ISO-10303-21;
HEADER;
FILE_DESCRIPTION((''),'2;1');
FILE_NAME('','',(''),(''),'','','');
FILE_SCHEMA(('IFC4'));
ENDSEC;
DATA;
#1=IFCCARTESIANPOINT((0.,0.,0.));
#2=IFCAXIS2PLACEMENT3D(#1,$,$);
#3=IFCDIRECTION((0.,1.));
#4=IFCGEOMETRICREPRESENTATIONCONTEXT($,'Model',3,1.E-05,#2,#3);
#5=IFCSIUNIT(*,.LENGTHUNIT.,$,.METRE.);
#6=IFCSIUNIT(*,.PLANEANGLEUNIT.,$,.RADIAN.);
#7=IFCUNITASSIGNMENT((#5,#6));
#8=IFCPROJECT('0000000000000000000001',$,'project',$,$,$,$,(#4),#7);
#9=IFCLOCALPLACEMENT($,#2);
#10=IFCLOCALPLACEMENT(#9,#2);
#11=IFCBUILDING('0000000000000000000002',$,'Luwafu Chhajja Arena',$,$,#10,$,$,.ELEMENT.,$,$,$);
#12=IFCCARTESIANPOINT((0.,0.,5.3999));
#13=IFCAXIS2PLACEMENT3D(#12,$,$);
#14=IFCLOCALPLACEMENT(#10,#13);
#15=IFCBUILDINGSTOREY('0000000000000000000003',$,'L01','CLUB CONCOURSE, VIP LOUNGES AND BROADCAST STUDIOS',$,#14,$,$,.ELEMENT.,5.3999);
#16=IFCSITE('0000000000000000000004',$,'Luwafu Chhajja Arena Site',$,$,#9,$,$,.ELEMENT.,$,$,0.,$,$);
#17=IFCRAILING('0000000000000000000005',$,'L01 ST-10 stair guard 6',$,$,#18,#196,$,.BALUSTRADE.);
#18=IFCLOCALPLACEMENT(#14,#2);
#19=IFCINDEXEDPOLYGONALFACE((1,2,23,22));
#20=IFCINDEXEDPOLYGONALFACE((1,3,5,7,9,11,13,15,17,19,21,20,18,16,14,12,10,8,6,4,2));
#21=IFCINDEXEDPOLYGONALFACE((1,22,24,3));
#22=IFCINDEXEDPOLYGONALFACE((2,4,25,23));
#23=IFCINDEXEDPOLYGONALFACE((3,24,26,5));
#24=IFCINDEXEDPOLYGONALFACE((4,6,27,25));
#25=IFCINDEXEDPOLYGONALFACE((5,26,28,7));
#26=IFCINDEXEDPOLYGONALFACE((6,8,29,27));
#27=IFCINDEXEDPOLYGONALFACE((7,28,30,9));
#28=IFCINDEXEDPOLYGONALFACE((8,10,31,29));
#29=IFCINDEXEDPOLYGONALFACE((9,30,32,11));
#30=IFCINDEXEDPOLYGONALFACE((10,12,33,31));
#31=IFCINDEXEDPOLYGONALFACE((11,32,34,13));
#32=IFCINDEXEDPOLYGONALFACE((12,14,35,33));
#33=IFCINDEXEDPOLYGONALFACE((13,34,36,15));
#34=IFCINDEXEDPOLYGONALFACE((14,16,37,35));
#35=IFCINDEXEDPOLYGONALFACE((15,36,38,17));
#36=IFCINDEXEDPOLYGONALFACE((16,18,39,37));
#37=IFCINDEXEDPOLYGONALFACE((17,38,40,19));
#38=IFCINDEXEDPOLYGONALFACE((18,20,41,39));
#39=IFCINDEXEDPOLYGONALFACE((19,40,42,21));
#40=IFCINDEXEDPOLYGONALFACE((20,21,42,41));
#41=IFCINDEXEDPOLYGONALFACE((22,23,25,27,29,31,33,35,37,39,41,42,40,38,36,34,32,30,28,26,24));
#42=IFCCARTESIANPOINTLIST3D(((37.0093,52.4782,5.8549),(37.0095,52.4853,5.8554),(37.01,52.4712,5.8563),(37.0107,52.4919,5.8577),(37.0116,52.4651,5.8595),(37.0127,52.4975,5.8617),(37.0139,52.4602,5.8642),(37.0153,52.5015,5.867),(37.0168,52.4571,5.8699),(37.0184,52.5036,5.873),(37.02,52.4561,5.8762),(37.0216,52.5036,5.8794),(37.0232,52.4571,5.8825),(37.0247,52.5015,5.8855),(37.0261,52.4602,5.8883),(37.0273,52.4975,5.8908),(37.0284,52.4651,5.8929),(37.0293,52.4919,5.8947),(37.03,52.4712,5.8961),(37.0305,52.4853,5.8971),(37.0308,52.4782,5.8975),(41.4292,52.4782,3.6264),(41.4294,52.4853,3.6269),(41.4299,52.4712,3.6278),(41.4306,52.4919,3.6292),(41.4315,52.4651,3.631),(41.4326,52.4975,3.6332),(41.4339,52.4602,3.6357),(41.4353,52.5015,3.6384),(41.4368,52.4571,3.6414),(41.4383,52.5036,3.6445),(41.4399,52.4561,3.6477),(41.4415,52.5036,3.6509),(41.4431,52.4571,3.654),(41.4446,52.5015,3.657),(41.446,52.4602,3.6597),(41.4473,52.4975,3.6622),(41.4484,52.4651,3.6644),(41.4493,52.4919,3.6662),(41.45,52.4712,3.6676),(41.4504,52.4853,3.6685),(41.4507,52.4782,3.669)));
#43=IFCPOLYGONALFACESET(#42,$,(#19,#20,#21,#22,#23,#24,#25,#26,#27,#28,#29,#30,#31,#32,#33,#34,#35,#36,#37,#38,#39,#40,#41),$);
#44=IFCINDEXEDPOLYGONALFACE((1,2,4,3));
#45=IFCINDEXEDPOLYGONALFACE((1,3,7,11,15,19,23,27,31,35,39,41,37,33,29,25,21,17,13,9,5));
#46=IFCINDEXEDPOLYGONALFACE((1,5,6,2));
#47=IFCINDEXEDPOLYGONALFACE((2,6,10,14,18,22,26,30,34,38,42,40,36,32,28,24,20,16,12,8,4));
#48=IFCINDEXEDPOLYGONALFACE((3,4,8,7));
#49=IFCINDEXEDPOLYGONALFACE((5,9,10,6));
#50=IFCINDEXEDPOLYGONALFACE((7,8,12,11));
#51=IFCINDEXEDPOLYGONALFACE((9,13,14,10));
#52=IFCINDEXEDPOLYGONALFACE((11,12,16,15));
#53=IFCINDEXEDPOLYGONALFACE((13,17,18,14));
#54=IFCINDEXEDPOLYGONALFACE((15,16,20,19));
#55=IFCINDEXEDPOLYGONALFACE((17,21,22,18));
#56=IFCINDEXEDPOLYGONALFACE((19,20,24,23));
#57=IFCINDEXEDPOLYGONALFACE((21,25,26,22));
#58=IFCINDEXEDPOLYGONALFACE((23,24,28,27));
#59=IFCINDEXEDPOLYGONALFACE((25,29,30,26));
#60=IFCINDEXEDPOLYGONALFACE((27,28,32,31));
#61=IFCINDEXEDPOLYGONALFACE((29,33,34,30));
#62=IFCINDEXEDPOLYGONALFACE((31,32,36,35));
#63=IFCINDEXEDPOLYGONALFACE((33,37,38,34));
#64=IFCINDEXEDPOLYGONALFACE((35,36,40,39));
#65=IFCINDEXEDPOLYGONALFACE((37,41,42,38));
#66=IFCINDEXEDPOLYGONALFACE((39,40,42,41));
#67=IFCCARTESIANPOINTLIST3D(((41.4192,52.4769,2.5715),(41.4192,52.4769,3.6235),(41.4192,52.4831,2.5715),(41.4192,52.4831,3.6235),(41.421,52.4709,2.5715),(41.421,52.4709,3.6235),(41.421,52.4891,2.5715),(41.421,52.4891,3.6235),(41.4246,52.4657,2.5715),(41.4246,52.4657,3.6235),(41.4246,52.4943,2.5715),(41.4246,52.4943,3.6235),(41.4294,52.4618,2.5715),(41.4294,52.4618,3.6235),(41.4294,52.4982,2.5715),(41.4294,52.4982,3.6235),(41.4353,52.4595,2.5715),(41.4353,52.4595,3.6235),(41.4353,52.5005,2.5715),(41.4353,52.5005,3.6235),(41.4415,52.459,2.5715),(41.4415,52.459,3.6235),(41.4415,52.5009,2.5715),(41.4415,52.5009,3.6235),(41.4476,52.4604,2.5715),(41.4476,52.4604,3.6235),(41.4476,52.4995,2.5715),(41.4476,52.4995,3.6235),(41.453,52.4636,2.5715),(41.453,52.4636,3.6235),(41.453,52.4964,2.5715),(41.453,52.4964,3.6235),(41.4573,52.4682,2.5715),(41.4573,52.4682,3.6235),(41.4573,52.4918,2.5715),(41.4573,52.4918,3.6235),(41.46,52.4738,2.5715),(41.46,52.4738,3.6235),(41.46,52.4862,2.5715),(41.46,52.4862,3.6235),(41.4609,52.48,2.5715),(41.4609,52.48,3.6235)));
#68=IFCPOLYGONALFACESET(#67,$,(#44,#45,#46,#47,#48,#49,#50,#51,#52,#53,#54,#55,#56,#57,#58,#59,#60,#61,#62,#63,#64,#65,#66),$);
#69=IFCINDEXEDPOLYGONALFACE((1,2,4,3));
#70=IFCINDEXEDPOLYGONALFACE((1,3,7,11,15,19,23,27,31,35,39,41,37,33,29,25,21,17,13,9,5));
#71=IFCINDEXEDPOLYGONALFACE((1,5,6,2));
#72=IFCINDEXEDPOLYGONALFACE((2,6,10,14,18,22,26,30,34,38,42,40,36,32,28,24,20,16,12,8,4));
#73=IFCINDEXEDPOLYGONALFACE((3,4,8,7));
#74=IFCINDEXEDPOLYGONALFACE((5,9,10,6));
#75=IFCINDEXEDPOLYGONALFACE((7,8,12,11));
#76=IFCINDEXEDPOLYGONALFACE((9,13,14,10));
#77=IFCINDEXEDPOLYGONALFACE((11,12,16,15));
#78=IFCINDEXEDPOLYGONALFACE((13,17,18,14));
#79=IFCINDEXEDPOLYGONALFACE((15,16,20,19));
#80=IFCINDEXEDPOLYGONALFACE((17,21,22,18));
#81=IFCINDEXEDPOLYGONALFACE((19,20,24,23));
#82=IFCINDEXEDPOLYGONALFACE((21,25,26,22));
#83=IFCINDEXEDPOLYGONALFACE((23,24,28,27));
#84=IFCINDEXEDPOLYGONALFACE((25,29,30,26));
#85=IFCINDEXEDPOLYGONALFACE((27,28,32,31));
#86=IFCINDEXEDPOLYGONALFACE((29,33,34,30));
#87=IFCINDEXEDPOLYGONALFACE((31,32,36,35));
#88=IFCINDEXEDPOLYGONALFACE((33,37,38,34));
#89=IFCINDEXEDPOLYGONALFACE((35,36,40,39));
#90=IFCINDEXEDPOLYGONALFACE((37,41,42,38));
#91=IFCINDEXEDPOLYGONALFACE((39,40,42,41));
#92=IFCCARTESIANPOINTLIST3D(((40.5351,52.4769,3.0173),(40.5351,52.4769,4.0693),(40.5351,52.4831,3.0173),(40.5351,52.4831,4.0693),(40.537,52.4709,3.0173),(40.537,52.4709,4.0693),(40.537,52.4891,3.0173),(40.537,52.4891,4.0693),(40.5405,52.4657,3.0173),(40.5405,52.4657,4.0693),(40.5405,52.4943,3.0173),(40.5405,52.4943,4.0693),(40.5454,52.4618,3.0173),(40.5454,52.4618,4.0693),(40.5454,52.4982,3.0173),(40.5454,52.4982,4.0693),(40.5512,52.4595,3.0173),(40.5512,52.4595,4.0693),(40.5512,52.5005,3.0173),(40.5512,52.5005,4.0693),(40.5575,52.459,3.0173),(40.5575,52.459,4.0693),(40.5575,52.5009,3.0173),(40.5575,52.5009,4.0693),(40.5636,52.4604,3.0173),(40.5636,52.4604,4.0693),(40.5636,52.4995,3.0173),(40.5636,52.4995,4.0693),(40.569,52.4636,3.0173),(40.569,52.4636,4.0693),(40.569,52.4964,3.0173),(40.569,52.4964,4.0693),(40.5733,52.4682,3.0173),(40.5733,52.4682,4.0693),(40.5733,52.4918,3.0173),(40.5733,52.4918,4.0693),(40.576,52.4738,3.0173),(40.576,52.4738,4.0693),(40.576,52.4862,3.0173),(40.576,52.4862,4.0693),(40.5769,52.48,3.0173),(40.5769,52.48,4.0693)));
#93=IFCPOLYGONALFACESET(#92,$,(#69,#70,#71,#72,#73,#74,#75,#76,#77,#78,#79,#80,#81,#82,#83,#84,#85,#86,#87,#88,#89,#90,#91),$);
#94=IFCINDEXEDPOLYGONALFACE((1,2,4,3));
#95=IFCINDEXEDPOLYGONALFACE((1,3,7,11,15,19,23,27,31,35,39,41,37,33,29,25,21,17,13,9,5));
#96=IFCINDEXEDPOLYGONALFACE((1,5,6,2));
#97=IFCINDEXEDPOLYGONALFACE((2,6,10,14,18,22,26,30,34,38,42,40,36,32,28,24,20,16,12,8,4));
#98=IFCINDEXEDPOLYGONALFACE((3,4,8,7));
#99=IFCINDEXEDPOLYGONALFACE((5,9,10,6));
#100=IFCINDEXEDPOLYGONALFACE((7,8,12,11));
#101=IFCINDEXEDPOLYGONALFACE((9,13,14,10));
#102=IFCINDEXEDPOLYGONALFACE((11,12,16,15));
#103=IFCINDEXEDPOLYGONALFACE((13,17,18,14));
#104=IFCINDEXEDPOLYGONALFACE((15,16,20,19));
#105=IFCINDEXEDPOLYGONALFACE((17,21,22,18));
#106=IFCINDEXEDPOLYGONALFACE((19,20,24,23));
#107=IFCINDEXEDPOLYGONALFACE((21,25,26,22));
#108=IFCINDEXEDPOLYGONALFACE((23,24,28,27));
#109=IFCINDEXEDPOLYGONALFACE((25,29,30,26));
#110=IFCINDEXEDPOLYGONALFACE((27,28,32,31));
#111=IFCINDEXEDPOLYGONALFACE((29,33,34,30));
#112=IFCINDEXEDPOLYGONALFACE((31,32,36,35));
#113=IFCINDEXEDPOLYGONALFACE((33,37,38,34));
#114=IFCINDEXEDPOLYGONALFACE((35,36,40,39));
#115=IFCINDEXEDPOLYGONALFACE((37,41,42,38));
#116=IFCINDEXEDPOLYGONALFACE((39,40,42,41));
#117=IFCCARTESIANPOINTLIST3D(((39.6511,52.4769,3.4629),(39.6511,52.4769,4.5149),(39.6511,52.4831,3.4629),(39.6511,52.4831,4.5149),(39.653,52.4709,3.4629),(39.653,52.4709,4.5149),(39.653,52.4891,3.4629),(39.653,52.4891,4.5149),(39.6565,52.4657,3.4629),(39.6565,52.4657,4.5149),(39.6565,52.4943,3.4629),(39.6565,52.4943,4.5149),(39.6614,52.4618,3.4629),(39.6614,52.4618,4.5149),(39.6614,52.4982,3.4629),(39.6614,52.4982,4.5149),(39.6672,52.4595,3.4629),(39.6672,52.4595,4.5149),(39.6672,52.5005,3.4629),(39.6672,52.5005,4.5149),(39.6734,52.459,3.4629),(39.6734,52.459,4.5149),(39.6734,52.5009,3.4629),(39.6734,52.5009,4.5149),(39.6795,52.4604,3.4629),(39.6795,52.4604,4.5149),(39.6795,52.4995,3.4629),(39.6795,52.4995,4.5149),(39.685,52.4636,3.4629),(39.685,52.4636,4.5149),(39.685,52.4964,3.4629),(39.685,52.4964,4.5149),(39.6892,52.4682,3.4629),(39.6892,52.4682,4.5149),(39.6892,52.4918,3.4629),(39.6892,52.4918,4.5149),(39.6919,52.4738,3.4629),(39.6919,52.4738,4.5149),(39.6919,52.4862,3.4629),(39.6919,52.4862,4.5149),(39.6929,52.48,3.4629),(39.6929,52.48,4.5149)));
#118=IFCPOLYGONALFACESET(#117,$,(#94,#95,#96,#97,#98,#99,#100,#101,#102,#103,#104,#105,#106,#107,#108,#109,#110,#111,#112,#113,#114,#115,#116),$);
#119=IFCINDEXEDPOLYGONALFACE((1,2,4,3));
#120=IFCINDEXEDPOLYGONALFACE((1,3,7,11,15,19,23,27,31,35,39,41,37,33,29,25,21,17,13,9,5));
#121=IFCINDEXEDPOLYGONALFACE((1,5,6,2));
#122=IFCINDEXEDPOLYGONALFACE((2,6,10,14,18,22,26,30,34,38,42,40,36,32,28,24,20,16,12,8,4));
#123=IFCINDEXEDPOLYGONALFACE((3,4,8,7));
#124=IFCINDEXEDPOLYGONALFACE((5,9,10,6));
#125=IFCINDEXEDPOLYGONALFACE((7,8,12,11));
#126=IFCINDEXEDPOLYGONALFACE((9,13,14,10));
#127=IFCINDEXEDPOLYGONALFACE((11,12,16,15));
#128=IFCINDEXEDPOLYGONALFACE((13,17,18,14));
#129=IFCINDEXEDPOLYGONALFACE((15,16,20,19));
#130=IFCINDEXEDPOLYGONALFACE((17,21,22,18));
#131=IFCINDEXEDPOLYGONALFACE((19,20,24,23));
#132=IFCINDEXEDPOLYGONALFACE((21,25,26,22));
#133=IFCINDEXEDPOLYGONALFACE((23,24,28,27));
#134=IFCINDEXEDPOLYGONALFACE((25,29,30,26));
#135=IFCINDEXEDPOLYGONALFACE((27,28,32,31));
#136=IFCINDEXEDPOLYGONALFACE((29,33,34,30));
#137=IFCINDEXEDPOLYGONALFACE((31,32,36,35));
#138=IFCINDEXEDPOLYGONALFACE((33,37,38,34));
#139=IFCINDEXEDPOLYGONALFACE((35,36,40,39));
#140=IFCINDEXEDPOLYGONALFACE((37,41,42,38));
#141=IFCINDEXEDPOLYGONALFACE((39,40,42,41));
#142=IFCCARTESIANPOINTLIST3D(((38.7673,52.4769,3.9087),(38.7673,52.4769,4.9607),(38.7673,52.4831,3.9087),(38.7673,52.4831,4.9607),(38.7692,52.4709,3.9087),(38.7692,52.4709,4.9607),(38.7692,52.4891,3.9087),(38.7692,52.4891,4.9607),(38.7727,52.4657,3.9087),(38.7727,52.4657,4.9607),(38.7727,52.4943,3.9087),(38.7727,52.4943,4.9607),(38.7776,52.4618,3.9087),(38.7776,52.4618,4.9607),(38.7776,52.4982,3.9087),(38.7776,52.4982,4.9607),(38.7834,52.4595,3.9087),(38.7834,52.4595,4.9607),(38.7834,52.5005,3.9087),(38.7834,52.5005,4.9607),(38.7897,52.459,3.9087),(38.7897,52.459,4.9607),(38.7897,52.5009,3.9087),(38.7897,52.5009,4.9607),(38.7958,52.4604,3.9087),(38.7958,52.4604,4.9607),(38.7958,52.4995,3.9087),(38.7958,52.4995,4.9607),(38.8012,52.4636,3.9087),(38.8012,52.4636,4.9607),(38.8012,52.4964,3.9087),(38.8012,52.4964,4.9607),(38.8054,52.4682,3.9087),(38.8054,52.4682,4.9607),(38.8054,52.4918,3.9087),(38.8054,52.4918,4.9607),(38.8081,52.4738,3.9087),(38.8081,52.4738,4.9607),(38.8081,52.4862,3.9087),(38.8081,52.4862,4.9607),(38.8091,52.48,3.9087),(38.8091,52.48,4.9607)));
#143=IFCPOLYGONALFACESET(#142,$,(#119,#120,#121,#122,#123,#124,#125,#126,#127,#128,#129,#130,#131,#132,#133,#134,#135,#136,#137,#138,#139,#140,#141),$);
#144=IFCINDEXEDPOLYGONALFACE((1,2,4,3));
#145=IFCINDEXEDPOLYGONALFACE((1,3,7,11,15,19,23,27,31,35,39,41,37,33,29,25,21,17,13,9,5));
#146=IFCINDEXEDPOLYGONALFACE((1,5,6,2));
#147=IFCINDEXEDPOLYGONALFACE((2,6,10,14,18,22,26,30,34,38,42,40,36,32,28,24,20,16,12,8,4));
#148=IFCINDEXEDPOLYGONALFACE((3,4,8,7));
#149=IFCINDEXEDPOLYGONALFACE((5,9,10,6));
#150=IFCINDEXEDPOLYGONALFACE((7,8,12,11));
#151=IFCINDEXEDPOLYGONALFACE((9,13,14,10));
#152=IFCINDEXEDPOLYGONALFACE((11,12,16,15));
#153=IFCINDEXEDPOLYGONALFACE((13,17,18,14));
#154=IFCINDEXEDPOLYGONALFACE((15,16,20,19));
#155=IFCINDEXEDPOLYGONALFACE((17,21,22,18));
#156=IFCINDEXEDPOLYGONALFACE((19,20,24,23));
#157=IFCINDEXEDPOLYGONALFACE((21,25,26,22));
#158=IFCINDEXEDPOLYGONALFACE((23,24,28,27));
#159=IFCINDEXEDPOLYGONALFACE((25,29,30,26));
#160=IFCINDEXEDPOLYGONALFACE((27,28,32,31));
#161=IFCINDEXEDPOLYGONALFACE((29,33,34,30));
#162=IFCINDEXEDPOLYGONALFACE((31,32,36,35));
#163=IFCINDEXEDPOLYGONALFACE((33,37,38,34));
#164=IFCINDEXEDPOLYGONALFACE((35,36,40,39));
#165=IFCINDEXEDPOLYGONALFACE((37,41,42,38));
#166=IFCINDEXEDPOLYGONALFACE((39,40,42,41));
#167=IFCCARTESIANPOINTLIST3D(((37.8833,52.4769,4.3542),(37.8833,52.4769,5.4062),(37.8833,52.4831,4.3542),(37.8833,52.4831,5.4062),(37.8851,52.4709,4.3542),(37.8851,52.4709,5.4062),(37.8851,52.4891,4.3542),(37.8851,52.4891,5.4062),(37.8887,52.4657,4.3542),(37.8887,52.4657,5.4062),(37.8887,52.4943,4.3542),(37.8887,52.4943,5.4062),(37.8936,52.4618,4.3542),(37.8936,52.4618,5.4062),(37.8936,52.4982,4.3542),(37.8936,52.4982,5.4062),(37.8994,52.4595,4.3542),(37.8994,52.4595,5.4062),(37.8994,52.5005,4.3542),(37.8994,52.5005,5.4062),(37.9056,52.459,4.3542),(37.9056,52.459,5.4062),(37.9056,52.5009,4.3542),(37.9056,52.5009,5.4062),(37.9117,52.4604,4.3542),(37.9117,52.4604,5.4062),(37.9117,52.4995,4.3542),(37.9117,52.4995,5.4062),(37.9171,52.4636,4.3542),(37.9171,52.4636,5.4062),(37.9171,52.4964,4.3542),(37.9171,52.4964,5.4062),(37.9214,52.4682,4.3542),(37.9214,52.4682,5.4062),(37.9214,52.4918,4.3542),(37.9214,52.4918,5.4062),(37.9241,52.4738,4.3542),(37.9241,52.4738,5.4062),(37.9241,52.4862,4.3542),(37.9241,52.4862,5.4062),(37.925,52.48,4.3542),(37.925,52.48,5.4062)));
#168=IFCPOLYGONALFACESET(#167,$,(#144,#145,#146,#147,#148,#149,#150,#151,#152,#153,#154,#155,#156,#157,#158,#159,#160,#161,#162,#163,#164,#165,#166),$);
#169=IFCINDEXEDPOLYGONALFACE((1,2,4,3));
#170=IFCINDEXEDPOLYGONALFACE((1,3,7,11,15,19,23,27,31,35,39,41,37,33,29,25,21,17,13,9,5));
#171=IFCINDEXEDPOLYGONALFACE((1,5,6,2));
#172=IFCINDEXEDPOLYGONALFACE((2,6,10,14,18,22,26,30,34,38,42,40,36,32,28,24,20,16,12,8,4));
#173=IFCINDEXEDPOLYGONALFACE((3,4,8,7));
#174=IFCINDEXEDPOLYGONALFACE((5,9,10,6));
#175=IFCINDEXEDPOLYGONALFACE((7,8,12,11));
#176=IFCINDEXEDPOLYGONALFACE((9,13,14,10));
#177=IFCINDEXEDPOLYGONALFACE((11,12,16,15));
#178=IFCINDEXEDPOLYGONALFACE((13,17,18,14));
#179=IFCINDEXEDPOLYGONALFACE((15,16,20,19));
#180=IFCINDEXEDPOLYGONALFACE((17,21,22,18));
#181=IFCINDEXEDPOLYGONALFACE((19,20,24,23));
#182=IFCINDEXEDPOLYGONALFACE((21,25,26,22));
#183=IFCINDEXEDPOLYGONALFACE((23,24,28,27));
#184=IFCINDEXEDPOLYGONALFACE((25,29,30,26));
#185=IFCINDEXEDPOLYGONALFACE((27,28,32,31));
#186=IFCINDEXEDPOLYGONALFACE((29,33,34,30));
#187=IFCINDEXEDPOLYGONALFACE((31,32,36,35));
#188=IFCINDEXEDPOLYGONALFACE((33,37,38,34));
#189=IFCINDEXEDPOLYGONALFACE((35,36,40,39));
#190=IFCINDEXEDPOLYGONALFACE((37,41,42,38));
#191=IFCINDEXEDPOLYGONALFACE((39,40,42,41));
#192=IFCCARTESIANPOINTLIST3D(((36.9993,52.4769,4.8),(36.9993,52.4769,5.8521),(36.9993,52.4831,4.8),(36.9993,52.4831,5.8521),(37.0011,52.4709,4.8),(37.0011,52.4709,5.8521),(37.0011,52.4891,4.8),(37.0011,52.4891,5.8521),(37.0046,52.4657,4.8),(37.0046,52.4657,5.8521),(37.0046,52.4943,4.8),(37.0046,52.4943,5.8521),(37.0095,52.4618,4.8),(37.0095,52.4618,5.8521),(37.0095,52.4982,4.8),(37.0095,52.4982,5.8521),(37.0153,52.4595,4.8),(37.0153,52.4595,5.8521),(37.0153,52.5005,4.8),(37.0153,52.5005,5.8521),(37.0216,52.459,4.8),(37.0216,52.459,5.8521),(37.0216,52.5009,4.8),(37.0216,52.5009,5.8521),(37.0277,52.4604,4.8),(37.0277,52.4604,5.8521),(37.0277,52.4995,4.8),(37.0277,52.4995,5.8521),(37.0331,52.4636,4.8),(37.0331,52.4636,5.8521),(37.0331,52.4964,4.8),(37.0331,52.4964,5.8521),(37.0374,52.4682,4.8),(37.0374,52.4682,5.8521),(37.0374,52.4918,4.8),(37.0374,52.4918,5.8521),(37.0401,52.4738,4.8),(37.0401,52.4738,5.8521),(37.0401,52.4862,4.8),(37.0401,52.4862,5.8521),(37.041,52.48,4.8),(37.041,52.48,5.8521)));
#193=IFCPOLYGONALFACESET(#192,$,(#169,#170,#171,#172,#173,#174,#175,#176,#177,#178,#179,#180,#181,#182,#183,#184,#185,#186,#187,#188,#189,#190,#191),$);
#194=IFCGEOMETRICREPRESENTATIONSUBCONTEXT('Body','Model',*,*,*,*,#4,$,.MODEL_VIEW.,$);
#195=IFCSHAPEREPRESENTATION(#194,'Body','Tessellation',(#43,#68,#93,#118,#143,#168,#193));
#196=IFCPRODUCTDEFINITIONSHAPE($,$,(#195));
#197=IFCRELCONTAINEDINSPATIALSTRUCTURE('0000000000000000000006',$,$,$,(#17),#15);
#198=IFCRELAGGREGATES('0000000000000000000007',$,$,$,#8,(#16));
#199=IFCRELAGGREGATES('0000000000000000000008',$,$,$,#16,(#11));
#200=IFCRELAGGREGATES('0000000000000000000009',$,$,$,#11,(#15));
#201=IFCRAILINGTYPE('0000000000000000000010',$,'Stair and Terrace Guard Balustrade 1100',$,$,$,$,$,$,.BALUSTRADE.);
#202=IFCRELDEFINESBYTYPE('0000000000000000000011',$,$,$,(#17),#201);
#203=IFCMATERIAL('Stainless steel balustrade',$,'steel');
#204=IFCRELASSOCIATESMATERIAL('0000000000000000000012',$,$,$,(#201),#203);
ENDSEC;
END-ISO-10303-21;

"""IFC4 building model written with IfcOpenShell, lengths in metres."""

from ifc_helpers import new_model, si_unit, direction, frame, origin, origin_2d, place, context, subcontext, project, spatial, circle, extrude, material, type_object, element, save


model = new_model("IFC4")

# Units and contexts
model_context = context("Model", 3, precision=1e-05, world=origin(), true_north=direction((0.0, 1.0)))
body_context = subcontext(model_context, "Body", "Model", "MODEL_VIEW")
ifc_project = project(units=[si_unit("LENGTHUNIT", "METRE"), si_unit("PLANEANGLEUNIT", "RADIAN")], contexts=[model_context])

# Site, building, storey
site_placement = place(None, origin())
site = spatial("IfcSite", under=ifc_project, at=site_placement, Name="Luwafu Chhajja Arena Site", CompositionType="ELEMENT", RefElevation=0.0)
building_placement = place(site_placement, origin())
building = spatial("IfcBuilding", under=site, at=building_placement, Name="Luwafu Chhajja Arena", CompositionType="ELEMENT")
storey_placement = place(building_placement, frame((0.0, 0.0, 5.3999)))
storey = spatial("IfcBuildingStorey", under=building, at=storey_placement, Name="L01", Description="CLUB CONCOURSE, VIP LOUNGES AND BROADCAST STUDIOS", CompositionType="ELEMENT", Elevation=5.3999)

# Railing
ifc_material_1 = material(Name="Stainless steel balustrade", Category="steel")
railing_type_1 = type_object("IfcRailingType", Name="Stair and Terrace Guard Balustrade 1100", PredefinedType="BALUSTRADE", material=ifc_material_1)
railing_1_placement = place(storey_placement, frame((41.4399, 52.48, 2.5715)))
element("IfcRailing", 1, at=railing_1_placement, inside=storey, type_object=railing_type_1, Name="L01 ST-10 stair guard 6", PredefinedType="BALUSTRADE", context=body_context, shape_type="SweptSolid", body=[
    extrude(circle(Radius=0.0239, at=origin_2d()), frame((0.0, 0.0, 1.0762), z_axis=(-0.892923, 0.0, 0.45021), x_axis=(0.0, -1.0, 0.0)), (0.0, 0.0, 1.0), 4.95),
    extrude(circle(Radius=0.021, at=origin_2d()), origin(), (0.0, 0.0, 1.0), 1.052),
    extrude(circle(Radius=0.021, at=origin_2d()), frame((-0.884, 0.0, 0.4458)), (0.0, 0.0, 1.0), 1.052),
    extrude(circle(Radius=0.021, at=origin_2d()), frame((-1.7681, 0.0, 0.8914)), (0.0, 0.0, 1.0), 1.052),
    extrude(circle(Radius=0.021, at=origin_2d()), frame((-2.6519, 0.0, 1.3372)), (0.0, 0.0, 1.0), 1.052),
    extrude(circle(Radius=0.021, at=origin_2d()), frame((-3.5359, 0.0, 1.7827)), (0.0, 0.0, 1.0), 1.052),
    extrude(circle(Radius=0.021, at=origin_2d()), frame((-4.4199, 0.0, 2.2285)), (0.0, 0.0, 1.0), 1.052),
])

save(model, "model.ifc")
